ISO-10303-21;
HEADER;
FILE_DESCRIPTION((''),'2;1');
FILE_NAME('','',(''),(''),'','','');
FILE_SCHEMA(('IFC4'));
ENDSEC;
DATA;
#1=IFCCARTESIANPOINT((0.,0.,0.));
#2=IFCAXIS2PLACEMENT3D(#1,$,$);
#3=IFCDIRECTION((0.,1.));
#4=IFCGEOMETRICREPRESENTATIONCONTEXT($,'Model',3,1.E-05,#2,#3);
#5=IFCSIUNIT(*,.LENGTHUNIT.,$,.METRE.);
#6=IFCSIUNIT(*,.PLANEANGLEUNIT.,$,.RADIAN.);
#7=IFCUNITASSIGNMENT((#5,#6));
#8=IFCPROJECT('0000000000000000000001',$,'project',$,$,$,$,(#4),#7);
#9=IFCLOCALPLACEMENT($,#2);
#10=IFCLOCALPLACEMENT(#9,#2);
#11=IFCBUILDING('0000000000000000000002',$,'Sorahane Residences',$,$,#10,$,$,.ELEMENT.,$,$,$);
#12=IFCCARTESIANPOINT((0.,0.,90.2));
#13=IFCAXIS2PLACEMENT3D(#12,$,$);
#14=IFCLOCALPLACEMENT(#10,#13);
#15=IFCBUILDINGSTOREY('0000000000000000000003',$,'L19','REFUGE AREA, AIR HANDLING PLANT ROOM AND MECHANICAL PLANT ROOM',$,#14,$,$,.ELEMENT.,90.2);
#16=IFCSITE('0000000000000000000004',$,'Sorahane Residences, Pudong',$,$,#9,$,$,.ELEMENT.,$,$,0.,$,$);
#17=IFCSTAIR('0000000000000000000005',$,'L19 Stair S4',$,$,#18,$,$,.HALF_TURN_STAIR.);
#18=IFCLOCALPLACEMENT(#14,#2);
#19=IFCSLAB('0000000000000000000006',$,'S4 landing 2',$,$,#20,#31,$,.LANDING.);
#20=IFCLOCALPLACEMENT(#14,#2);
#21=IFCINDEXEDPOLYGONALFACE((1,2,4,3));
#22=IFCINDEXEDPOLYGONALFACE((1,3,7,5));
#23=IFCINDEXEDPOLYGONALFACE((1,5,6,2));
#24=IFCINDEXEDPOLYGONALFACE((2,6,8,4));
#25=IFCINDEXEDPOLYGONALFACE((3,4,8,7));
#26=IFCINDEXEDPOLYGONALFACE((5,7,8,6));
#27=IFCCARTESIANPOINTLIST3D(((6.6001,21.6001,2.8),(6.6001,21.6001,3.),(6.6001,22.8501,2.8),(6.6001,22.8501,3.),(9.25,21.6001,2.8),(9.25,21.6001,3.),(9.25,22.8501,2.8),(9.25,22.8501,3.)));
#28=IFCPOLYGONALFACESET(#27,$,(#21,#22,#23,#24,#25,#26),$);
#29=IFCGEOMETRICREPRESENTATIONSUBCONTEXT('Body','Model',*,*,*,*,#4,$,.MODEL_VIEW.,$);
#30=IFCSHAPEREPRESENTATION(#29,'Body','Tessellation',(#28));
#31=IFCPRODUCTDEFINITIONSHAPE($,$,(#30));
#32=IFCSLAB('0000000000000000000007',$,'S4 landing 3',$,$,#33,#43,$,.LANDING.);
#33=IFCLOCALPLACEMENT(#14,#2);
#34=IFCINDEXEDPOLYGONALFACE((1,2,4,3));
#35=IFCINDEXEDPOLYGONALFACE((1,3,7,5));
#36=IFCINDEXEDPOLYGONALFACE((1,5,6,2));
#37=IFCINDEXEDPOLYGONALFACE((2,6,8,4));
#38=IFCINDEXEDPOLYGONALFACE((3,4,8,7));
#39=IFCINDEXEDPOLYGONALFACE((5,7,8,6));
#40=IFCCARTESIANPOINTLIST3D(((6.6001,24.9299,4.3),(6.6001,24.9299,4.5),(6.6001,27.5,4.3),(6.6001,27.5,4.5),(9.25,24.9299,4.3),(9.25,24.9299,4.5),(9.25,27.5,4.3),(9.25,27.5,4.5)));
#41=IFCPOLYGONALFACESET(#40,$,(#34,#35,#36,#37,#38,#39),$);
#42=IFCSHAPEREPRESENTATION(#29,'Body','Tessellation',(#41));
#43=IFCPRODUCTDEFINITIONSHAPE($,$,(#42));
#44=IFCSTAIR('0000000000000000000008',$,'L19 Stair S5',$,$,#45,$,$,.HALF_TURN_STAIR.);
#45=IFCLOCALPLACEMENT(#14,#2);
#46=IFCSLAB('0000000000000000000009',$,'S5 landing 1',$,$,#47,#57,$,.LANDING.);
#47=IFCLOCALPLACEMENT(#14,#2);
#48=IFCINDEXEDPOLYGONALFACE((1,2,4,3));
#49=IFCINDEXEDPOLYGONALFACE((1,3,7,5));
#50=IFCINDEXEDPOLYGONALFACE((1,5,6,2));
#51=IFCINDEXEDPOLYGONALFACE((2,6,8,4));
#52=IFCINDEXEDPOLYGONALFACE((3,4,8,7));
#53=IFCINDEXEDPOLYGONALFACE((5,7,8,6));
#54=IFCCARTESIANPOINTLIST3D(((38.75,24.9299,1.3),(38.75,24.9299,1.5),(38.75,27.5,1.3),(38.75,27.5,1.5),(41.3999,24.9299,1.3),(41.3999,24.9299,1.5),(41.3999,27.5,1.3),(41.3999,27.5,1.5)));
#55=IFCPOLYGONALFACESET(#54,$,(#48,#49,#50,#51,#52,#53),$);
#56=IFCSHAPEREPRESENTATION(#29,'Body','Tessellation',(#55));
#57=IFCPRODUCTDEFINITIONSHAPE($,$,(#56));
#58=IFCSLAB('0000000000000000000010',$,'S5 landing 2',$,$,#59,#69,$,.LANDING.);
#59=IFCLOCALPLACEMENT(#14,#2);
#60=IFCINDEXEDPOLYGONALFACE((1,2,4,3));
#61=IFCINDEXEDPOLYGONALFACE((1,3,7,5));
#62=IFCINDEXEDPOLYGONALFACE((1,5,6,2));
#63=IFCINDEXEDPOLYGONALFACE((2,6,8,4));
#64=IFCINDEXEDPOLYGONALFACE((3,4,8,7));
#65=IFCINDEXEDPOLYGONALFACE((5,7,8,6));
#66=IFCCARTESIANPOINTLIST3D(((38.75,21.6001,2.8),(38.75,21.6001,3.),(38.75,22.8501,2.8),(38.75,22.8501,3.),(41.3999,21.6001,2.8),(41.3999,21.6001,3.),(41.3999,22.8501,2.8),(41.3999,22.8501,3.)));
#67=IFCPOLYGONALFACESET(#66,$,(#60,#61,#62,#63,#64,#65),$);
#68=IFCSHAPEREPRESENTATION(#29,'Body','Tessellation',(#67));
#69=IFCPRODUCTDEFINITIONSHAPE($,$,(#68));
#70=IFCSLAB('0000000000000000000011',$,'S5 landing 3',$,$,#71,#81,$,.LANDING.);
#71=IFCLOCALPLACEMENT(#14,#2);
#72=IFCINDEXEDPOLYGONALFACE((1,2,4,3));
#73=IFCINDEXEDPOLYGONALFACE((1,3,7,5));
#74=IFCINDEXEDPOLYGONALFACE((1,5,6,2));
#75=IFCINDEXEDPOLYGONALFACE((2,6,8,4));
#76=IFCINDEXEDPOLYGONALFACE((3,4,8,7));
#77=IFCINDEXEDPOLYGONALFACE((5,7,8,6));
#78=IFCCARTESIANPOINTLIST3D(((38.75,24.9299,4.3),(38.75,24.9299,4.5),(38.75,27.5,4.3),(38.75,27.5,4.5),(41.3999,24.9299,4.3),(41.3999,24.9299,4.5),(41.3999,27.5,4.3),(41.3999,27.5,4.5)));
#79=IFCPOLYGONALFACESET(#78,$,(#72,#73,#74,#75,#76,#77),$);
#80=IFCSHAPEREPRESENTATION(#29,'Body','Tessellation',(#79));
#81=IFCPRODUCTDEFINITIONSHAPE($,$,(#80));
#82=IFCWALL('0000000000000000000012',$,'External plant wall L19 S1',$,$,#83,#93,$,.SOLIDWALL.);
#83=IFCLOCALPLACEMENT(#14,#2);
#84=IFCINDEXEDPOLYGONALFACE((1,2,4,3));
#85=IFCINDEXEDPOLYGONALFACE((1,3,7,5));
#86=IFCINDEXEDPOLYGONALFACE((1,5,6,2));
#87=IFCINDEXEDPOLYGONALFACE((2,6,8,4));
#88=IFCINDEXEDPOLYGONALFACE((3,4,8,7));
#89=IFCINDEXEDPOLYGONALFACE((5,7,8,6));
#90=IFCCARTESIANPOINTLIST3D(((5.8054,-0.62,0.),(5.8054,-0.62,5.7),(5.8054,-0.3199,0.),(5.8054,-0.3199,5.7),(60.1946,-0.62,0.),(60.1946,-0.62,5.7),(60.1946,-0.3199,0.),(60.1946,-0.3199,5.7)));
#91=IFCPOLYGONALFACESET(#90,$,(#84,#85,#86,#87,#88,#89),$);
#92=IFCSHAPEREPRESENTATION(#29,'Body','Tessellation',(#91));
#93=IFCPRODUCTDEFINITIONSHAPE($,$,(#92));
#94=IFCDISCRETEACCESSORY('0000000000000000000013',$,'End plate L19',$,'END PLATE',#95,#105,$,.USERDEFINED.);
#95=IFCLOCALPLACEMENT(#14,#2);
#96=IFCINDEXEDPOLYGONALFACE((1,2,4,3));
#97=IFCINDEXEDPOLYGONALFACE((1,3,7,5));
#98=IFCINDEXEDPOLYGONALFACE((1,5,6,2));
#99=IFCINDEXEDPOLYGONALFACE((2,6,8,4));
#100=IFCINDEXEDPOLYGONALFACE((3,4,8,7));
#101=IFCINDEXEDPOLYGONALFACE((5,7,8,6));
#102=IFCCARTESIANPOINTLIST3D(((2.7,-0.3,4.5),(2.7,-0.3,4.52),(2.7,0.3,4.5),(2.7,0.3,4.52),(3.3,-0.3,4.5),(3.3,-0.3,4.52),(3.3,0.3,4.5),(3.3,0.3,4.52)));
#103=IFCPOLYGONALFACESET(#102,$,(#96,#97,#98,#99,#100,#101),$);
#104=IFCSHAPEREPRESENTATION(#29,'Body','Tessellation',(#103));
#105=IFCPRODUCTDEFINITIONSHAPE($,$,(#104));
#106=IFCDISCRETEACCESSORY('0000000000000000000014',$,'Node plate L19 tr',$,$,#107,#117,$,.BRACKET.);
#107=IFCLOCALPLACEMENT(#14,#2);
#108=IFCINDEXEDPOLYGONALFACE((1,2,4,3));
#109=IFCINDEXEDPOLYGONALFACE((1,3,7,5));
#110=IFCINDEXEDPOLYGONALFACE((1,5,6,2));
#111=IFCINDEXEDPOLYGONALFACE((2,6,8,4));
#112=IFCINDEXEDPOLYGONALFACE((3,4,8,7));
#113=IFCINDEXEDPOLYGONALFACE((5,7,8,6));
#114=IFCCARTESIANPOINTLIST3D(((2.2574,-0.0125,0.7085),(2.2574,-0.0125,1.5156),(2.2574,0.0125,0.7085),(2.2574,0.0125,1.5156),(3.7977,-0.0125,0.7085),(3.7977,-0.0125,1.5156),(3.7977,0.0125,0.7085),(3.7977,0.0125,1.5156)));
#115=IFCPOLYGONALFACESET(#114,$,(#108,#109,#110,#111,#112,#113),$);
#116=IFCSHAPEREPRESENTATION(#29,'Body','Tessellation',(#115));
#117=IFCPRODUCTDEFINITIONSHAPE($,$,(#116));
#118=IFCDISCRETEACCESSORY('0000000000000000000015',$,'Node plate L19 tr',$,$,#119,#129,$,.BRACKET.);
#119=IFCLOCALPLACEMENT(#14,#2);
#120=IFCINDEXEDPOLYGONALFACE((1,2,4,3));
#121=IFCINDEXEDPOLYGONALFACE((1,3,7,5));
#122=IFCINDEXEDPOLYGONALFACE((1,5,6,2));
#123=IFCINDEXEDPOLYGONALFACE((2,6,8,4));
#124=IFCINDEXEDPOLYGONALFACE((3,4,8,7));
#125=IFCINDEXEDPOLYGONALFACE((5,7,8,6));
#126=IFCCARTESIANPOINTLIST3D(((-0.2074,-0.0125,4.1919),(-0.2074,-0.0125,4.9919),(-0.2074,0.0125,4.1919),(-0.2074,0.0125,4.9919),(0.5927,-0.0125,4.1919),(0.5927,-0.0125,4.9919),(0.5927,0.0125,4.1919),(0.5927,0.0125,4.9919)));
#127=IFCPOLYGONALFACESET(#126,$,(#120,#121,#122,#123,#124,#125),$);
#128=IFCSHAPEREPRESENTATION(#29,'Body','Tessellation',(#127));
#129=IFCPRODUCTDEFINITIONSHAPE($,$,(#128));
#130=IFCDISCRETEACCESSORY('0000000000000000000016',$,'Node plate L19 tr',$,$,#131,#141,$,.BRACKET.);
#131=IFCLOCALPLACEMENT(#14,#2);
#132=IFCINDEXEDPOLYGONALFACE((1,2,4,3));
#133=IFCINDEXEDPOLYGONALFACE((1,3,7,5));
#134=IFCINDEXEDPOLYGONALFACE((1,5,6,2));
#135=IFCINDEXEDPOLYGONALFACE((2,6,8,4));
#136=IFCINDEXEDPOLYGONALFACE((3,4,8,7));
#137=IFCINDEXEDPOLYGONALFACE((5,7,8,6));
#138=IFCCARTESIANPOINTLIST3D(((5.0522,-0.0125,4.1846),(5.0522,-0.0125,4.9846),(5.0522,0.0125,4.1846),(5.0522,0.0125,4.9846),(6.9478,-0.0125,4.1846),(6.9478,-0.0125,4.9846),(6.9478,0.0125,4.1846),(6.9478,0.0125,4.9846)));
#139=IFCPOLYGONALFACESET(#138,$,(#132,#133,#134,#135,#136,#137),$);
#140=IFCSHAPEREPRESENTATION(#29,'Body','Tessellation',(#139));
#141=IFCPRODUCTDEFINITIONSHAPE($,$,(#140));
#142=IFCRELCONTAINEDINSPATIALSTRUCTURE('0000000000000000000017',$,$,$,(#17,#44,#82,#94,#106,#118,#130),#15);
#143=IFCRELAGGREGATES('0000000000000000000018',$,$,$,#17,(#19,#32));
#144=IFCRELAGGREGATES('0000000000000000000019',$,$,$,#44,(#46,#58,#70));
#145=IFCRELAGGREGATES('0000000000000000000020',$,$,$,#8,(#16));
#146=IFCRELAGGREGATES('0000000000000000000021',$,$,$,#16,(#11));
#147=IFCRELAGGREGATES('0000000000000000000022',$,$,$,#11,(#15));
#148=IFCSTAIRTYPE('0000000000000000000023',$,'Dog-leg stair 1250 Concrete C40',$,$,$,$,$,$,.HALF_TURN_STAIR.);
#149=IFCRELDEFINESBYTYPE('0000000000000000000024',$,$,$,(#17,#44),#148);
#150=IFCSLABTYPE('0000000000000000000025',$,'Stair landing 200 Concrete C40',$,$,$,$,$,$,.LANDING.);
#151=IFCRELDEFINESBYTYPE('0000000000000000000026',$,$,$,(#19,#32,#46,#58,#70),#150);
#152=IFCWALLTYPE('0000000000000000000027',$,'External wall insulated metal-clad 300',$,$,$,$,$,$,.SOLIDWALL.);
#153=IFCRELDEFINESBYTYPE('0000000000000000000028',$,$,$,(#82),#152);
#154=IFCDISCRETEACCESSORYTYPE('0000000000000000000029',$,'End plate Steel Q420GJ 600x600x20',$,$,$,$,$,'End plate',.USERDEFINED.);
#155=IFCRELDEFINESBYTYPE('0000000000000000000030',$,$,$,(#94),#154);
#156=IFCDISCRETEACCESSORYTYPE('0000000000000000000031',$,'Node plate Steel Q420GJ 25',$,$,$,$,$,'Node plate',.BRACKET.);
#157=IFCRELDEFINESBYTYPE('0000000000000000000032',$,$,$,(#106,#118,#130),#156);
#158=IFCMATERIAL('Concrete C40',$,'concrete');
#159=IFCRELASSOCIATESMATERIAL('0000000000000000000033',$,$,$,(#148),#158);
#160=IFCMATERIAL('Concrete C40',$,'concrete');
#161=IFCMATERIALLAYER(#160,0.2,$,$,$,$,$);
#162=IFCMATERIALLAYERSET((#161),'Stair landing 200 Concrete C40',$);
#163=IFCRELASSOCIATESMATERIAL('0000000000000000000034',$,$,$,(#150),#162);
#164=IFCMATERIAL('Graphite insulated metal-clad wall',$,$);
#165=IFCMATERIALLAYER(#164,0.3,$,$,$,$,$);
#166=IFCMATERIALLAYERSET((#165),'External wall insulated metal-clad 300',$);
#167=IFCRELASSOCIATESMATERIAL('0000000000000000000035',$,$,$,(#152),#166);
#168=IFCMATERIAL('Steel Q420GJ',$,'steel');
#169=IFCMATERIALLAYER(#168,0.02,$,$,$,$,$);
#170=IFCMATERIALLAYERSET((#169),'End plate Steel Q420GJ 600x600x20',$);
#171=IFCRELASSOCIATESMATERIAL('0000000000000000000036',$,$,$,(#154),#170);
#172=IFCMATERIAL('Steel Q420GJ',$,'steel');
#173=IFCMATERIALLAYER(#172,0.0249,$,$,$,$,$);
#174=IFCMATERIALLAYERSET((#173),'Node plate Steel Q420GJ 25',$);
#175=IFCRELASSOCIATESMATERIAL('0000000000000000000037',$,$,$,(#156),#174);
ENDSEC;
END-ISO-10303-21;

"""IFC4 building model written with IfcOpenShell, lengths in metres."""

from ifc_helpers import new_model, si_unit, direction, frame, frame_2d, origin, origin_2d, place, context, subcontext, project, spatial, polyline, rectangle, outline, extrude, material, layer, layer_set, type_object, element, aggregate, save


model = new_model("IFC4")

# Units and contexts
model_context = context("Model", 3, precision=1e-05, world=origin(), true_north=direction((0.0, 1.0)))
body_context = subcontext(model_context, "Body", "Model", "MODEL_VIEW")
ifc_project = project(units=[si_unit("LENGTHUNIT", "METRE"), si_unit("PLANEANGLEUNIT", "RADIAN")], contexts=[model_context])

# Site, building, storey
site_placement = place(None, origin())
site = spatial("IfcSite", under=ifc_project, at=site_placement, Name="Sorahane Residences, Pudong", CompositionType="ELEMENT", RefElevation=0.0)
building_placement = place(site_placement, origin())
building = spatial("IfcBuilding", under=site, at=building_placement, Name="Sorahane Residences", CompositionType="ELEMENT")
storey_placement = place(building_placement, frame((0.0, 0.0, 90.2)))
storey = spatial("IfcBuildingStorey", under=building, at=storey_placement, Name="L19", Description="REFUGE AREA, AIR HANDLING PLANT ROOM AND MECHANICAL PLANT ROOM", CompositionType="ELEMENT", Elevation=90.2)

# Stairs, slabs
ifc_material_1 = material(Name="Concrete C40", Category="concrete")
stair_type = type_object("IfcStairType", Name="Dog-leg stair 1250 Concrete C40", PredefinedType="HALF_TURN_STAIR", material=ifc_material_1)
stair_1_placement = place(storey_placement, origin())
stair_1 = element("IfcStair", 1, at=stair_1_placement, inside=storey, type_object=stair_type, Name="L19 Stair S4", PredefinedType="HALF_TURN_STAIR")
ifc_material_2 = material(Name="Concrete C40", Category="concrete")
ifc_layer_1 = layer(ifc_material_2, 0.2)
ifc_layer_set_1 = layer_set([ifc_layer_1], Name="Stair landing 200 Concrete C40")
slab_type = type_object("IfcSlabType", Name="Stair landing 200 Concrete C40", PredefinedType="LANDING", material=ifc_layer_set_1)
slab_1_placement = place(storey_placement, frame((0.0, 0.0, 2.8)))
slab_1 = element("IfcSlab", 2, at=slab_1_placement, type_object=slab_type, Name="S4 landing 2", PredefinedType="LANDING", context=body_context, shape_type="SweptSolid", body=[
    extrude(outline(polyline([(9.25, 21.6001), (9.25, 22.8501), (6.6001, 22.8501), (6.6001, 21.6001), (9.25, 21.6001)])), origin(), (0.0, 0.0, 1.0), 0.2),
])
slab_2_placement = place(storey_placement, frame((0.0, 0.0, 4.3)))
slab_2 = element("IfcSlab", 3, at=slab_2_placement, type_object=slab_type, Name="S4 landing 3", PredefinedType="LANDING", context=body_context, shape_type="SweptSolid", body=[
    extrude(outline(polyline([(9.25, 24.9299), (9.25, 27.5), (6.6001, 27.5), (6.6001, 24.9299), (9.25, 24.9299)])), origin(), (0.0, 0.0, 1.0), 0.2),
])
aggregate(stair_1, [slab_1, slab_2])
stair_2_placement = place(storey_placement, origin())
stair_2 = element("IfcStair", 4, at=stair_2_placement, inside=storey, type_object=stair_type, Name="L19 Stair S5", PredefinedType="HALF_TURN_STAIR")
slab_3_placement = place(storey_placement, frame((0.0, 0.0, 1.3)))
slab_3 = element("IfcSlab", 5, at=slab_3_placement, type_object=slab_type, Name="S5 landing 1", PredefinedType="LANDING", context=body_context, shape_type="SweptSolid", body=[
    extrude(outline(polyline([(41.3999, 24.9299), (41.3999, 27.5), (38.75, 27.5), (38.75, 24.9299), (41.3999, 24.9299)])), origin(), (0.0, 0.0, 1.0), 0.2),
])
slab_4_placement = place(storey_placement, frame((0.0, 0.0, 2.8)))
slab_4 = element("IfcSlab", 6, at=slab_4_placement, type_object=slab_type, Name="S5 landing 2", PredefinedType="LANDING", context=body_context, shape_type="SweptSolid", body=[
    extrude(outline(polyline([(41.3999, 21.6001), (41.3999, 22.8501), (38.75, 22.8501), (38.75, 21.6001), (41.3999, 21.6001)])), origin(), (0.0, 0.0, 1.0), 0.2),
])
slab_5_placement = place(storey_placement, frame((0.0, 0.0, 4.3)))
slab_5 = element("IfcSlab", 7, at=slab_5_placement, type_object=slab_type, Name="S5 landing 3", PredefinedType="LANDING", context=body_context, shape_type="SweptSolid", body=[
    extrude(outline(polyline([(41.3999, 24.9299), (41.3999, 27.5), (38.75, 27.5), (38.75, 24.9299), (41.3999, 24.9299)])), origin(), (0.0, 0.0, 1.0), 0.2),
])
aggregate(stair_2, [slab_3, slab_4, slab_5])

# Wall
ifc_material_3 = material(Name="Graphite insulated metal-clad wall")
ifc_layer_2 = layer(ifc_material_3, 0.3)
ifc_layer_set_2 = layer_set([ifc_layer_2], Name="External wall insulated metal-clad 300")
wall_type = type_object("IfcWallType", Name="External wall insulated metal-clad 300", PredefinedType="SOLIDWALL", material=ifc_layer_set_2)
wall_placement = place(storey_placement, frame((5.8054, -0.47, 0.0), z_axis=(0.0, 0.0, 1.0), x_axis=(1.0, 0.0, 0.0)))
element("IfcWall", 8, at=wall_placement, inside=storey, type_object=wall_type, Name="External plant wall L19 S1", PredefinedType="SOLIDWALL", context=body_context, shape_type="SweptSolid", body=[
    extrude(rectangle(XDim=54.3892, YDim=0.3, at=frame_2d((27.1946, 0.0))), origin(), (0.0, 0.0, 1.0), 5.7),
])

# Discrete accessories
ifc_material_4 = material(Name="Steel Q420GJ", Category="steel")
ifc_layer_3 = layer(ifc_material_4, 0.02)
ifc_layer_set_3 = layer_set([ifc_layer_3], Name="End plate Steel Q420GJ 600x600x20")
discrete_accessory_type_1 = type_object("IfcDiscreteAccessoryType", Name="End plate Steel Q420GJ 600x600x20", ElementType="End plate", PredefinedType="USERDEFINED", material=ifc_layer_set_3)
discrete_accessory_1_placement = place(storey_placement, frame((3.0, 0.0, 4.5), z_axis=(0.0, 0.0, 1.0), x_axis=(1.0, 0.0, 0.0)))
element("IfcDiscreteAccessory", 9, at=discrete_accessory_1_placement, inside=storey, type_object=discrete_accessory_type_1, Name="End plate L19", ObjectType="END PLATE", PredefinedType="USERDEFINED", context=body_context, shape_type="SweptSolid", body=[
    extrude(rectangle(XDim=0.6001, YDim=0.6001, at=origin_2d()), origin(), (0.0, 0.0, 1.0), 0.02),
])
ifc_material_5 = material(Name="Steel Q420GJ", Category="steel")
ifc_layer_4 = layer(ifc_material_5, 0.0249)
ifc_layer_set_4 = layer_set([ifc_layer_4], Name="Node plate Steel Q420GJ 25")
discrete_accessory_type_2 = type_object("IfcDiscreteAccessoryType", Name="Node plate Steel Q420GJ 25", ElementType="Node plate", PredefinedType="BRACKET", material=ifc_layer_set_4)
discrete_accessory_2_placement = place(storey_placement, frame((3.0276, 0.0, 0.7085), z_axis=(0.0, 0.0, 1.0), x_axis=(1.0, 0.0, 0.0)))
element("IfcDiscreteAccessory", 10, at=discrete_accessory_2_placement, inside=storey, type_object=discrete_accessory_type_2, Name="Node plate L19 tr", PredefinedType="BRACKET", context=body_context, shape_type="SweptSolid", body=[
    extrude(rectangle(XDim=1.5403, YDim=0.0249, at=origin_2d()), origin(), (0.0, 0.0, 1.0), 0.8071),
])
discrete_accessory_3_placement = place(storey_placement, frame((0.1926, 0.0, 4.1919), z_axis=(0.0, 0.0, 1.0), x_axis=(1.0, 0.0, 0.0)))
element("IfcDiscreteAccessory", 11, at=discrete_accessory_3_placement, inside=storey, type_object=discrete_accessory_type_2, Name="Node plate L19 tr", PredefinedType="BRACKET", context=body_context, shape_type="SweptSolid", body=[
    extrude(rectangle(XDim=0.8, YDim=0.0249, at=origin_2d()), origin(), (0.0, 0.0, 1.0), 0.8),
])
discrete_accessory_4_placement = place(storey_placement, frame((6.0, 0.0, 4.1846), z_axis=(0.0, 0.0, 1.0), x_axis=(1.0, 0.0, 0.0)))
element("IfcDiscreteAccessory", 12, at=discrete_accessory_4_placement, inside=storey, type_object=discrete_accessory_type_2, Name="Node plate L19 tr", PredefinedType="BRACKET", context=body_context, shape_type="SweptSolid", body=[
    extrude(rectangle(XDim=1.8955, YDim=0.0249, at=origin_2d()), origin(), (0.0, 0.0, 1.0), 0.8),
])

save(model, "model.ifc")
